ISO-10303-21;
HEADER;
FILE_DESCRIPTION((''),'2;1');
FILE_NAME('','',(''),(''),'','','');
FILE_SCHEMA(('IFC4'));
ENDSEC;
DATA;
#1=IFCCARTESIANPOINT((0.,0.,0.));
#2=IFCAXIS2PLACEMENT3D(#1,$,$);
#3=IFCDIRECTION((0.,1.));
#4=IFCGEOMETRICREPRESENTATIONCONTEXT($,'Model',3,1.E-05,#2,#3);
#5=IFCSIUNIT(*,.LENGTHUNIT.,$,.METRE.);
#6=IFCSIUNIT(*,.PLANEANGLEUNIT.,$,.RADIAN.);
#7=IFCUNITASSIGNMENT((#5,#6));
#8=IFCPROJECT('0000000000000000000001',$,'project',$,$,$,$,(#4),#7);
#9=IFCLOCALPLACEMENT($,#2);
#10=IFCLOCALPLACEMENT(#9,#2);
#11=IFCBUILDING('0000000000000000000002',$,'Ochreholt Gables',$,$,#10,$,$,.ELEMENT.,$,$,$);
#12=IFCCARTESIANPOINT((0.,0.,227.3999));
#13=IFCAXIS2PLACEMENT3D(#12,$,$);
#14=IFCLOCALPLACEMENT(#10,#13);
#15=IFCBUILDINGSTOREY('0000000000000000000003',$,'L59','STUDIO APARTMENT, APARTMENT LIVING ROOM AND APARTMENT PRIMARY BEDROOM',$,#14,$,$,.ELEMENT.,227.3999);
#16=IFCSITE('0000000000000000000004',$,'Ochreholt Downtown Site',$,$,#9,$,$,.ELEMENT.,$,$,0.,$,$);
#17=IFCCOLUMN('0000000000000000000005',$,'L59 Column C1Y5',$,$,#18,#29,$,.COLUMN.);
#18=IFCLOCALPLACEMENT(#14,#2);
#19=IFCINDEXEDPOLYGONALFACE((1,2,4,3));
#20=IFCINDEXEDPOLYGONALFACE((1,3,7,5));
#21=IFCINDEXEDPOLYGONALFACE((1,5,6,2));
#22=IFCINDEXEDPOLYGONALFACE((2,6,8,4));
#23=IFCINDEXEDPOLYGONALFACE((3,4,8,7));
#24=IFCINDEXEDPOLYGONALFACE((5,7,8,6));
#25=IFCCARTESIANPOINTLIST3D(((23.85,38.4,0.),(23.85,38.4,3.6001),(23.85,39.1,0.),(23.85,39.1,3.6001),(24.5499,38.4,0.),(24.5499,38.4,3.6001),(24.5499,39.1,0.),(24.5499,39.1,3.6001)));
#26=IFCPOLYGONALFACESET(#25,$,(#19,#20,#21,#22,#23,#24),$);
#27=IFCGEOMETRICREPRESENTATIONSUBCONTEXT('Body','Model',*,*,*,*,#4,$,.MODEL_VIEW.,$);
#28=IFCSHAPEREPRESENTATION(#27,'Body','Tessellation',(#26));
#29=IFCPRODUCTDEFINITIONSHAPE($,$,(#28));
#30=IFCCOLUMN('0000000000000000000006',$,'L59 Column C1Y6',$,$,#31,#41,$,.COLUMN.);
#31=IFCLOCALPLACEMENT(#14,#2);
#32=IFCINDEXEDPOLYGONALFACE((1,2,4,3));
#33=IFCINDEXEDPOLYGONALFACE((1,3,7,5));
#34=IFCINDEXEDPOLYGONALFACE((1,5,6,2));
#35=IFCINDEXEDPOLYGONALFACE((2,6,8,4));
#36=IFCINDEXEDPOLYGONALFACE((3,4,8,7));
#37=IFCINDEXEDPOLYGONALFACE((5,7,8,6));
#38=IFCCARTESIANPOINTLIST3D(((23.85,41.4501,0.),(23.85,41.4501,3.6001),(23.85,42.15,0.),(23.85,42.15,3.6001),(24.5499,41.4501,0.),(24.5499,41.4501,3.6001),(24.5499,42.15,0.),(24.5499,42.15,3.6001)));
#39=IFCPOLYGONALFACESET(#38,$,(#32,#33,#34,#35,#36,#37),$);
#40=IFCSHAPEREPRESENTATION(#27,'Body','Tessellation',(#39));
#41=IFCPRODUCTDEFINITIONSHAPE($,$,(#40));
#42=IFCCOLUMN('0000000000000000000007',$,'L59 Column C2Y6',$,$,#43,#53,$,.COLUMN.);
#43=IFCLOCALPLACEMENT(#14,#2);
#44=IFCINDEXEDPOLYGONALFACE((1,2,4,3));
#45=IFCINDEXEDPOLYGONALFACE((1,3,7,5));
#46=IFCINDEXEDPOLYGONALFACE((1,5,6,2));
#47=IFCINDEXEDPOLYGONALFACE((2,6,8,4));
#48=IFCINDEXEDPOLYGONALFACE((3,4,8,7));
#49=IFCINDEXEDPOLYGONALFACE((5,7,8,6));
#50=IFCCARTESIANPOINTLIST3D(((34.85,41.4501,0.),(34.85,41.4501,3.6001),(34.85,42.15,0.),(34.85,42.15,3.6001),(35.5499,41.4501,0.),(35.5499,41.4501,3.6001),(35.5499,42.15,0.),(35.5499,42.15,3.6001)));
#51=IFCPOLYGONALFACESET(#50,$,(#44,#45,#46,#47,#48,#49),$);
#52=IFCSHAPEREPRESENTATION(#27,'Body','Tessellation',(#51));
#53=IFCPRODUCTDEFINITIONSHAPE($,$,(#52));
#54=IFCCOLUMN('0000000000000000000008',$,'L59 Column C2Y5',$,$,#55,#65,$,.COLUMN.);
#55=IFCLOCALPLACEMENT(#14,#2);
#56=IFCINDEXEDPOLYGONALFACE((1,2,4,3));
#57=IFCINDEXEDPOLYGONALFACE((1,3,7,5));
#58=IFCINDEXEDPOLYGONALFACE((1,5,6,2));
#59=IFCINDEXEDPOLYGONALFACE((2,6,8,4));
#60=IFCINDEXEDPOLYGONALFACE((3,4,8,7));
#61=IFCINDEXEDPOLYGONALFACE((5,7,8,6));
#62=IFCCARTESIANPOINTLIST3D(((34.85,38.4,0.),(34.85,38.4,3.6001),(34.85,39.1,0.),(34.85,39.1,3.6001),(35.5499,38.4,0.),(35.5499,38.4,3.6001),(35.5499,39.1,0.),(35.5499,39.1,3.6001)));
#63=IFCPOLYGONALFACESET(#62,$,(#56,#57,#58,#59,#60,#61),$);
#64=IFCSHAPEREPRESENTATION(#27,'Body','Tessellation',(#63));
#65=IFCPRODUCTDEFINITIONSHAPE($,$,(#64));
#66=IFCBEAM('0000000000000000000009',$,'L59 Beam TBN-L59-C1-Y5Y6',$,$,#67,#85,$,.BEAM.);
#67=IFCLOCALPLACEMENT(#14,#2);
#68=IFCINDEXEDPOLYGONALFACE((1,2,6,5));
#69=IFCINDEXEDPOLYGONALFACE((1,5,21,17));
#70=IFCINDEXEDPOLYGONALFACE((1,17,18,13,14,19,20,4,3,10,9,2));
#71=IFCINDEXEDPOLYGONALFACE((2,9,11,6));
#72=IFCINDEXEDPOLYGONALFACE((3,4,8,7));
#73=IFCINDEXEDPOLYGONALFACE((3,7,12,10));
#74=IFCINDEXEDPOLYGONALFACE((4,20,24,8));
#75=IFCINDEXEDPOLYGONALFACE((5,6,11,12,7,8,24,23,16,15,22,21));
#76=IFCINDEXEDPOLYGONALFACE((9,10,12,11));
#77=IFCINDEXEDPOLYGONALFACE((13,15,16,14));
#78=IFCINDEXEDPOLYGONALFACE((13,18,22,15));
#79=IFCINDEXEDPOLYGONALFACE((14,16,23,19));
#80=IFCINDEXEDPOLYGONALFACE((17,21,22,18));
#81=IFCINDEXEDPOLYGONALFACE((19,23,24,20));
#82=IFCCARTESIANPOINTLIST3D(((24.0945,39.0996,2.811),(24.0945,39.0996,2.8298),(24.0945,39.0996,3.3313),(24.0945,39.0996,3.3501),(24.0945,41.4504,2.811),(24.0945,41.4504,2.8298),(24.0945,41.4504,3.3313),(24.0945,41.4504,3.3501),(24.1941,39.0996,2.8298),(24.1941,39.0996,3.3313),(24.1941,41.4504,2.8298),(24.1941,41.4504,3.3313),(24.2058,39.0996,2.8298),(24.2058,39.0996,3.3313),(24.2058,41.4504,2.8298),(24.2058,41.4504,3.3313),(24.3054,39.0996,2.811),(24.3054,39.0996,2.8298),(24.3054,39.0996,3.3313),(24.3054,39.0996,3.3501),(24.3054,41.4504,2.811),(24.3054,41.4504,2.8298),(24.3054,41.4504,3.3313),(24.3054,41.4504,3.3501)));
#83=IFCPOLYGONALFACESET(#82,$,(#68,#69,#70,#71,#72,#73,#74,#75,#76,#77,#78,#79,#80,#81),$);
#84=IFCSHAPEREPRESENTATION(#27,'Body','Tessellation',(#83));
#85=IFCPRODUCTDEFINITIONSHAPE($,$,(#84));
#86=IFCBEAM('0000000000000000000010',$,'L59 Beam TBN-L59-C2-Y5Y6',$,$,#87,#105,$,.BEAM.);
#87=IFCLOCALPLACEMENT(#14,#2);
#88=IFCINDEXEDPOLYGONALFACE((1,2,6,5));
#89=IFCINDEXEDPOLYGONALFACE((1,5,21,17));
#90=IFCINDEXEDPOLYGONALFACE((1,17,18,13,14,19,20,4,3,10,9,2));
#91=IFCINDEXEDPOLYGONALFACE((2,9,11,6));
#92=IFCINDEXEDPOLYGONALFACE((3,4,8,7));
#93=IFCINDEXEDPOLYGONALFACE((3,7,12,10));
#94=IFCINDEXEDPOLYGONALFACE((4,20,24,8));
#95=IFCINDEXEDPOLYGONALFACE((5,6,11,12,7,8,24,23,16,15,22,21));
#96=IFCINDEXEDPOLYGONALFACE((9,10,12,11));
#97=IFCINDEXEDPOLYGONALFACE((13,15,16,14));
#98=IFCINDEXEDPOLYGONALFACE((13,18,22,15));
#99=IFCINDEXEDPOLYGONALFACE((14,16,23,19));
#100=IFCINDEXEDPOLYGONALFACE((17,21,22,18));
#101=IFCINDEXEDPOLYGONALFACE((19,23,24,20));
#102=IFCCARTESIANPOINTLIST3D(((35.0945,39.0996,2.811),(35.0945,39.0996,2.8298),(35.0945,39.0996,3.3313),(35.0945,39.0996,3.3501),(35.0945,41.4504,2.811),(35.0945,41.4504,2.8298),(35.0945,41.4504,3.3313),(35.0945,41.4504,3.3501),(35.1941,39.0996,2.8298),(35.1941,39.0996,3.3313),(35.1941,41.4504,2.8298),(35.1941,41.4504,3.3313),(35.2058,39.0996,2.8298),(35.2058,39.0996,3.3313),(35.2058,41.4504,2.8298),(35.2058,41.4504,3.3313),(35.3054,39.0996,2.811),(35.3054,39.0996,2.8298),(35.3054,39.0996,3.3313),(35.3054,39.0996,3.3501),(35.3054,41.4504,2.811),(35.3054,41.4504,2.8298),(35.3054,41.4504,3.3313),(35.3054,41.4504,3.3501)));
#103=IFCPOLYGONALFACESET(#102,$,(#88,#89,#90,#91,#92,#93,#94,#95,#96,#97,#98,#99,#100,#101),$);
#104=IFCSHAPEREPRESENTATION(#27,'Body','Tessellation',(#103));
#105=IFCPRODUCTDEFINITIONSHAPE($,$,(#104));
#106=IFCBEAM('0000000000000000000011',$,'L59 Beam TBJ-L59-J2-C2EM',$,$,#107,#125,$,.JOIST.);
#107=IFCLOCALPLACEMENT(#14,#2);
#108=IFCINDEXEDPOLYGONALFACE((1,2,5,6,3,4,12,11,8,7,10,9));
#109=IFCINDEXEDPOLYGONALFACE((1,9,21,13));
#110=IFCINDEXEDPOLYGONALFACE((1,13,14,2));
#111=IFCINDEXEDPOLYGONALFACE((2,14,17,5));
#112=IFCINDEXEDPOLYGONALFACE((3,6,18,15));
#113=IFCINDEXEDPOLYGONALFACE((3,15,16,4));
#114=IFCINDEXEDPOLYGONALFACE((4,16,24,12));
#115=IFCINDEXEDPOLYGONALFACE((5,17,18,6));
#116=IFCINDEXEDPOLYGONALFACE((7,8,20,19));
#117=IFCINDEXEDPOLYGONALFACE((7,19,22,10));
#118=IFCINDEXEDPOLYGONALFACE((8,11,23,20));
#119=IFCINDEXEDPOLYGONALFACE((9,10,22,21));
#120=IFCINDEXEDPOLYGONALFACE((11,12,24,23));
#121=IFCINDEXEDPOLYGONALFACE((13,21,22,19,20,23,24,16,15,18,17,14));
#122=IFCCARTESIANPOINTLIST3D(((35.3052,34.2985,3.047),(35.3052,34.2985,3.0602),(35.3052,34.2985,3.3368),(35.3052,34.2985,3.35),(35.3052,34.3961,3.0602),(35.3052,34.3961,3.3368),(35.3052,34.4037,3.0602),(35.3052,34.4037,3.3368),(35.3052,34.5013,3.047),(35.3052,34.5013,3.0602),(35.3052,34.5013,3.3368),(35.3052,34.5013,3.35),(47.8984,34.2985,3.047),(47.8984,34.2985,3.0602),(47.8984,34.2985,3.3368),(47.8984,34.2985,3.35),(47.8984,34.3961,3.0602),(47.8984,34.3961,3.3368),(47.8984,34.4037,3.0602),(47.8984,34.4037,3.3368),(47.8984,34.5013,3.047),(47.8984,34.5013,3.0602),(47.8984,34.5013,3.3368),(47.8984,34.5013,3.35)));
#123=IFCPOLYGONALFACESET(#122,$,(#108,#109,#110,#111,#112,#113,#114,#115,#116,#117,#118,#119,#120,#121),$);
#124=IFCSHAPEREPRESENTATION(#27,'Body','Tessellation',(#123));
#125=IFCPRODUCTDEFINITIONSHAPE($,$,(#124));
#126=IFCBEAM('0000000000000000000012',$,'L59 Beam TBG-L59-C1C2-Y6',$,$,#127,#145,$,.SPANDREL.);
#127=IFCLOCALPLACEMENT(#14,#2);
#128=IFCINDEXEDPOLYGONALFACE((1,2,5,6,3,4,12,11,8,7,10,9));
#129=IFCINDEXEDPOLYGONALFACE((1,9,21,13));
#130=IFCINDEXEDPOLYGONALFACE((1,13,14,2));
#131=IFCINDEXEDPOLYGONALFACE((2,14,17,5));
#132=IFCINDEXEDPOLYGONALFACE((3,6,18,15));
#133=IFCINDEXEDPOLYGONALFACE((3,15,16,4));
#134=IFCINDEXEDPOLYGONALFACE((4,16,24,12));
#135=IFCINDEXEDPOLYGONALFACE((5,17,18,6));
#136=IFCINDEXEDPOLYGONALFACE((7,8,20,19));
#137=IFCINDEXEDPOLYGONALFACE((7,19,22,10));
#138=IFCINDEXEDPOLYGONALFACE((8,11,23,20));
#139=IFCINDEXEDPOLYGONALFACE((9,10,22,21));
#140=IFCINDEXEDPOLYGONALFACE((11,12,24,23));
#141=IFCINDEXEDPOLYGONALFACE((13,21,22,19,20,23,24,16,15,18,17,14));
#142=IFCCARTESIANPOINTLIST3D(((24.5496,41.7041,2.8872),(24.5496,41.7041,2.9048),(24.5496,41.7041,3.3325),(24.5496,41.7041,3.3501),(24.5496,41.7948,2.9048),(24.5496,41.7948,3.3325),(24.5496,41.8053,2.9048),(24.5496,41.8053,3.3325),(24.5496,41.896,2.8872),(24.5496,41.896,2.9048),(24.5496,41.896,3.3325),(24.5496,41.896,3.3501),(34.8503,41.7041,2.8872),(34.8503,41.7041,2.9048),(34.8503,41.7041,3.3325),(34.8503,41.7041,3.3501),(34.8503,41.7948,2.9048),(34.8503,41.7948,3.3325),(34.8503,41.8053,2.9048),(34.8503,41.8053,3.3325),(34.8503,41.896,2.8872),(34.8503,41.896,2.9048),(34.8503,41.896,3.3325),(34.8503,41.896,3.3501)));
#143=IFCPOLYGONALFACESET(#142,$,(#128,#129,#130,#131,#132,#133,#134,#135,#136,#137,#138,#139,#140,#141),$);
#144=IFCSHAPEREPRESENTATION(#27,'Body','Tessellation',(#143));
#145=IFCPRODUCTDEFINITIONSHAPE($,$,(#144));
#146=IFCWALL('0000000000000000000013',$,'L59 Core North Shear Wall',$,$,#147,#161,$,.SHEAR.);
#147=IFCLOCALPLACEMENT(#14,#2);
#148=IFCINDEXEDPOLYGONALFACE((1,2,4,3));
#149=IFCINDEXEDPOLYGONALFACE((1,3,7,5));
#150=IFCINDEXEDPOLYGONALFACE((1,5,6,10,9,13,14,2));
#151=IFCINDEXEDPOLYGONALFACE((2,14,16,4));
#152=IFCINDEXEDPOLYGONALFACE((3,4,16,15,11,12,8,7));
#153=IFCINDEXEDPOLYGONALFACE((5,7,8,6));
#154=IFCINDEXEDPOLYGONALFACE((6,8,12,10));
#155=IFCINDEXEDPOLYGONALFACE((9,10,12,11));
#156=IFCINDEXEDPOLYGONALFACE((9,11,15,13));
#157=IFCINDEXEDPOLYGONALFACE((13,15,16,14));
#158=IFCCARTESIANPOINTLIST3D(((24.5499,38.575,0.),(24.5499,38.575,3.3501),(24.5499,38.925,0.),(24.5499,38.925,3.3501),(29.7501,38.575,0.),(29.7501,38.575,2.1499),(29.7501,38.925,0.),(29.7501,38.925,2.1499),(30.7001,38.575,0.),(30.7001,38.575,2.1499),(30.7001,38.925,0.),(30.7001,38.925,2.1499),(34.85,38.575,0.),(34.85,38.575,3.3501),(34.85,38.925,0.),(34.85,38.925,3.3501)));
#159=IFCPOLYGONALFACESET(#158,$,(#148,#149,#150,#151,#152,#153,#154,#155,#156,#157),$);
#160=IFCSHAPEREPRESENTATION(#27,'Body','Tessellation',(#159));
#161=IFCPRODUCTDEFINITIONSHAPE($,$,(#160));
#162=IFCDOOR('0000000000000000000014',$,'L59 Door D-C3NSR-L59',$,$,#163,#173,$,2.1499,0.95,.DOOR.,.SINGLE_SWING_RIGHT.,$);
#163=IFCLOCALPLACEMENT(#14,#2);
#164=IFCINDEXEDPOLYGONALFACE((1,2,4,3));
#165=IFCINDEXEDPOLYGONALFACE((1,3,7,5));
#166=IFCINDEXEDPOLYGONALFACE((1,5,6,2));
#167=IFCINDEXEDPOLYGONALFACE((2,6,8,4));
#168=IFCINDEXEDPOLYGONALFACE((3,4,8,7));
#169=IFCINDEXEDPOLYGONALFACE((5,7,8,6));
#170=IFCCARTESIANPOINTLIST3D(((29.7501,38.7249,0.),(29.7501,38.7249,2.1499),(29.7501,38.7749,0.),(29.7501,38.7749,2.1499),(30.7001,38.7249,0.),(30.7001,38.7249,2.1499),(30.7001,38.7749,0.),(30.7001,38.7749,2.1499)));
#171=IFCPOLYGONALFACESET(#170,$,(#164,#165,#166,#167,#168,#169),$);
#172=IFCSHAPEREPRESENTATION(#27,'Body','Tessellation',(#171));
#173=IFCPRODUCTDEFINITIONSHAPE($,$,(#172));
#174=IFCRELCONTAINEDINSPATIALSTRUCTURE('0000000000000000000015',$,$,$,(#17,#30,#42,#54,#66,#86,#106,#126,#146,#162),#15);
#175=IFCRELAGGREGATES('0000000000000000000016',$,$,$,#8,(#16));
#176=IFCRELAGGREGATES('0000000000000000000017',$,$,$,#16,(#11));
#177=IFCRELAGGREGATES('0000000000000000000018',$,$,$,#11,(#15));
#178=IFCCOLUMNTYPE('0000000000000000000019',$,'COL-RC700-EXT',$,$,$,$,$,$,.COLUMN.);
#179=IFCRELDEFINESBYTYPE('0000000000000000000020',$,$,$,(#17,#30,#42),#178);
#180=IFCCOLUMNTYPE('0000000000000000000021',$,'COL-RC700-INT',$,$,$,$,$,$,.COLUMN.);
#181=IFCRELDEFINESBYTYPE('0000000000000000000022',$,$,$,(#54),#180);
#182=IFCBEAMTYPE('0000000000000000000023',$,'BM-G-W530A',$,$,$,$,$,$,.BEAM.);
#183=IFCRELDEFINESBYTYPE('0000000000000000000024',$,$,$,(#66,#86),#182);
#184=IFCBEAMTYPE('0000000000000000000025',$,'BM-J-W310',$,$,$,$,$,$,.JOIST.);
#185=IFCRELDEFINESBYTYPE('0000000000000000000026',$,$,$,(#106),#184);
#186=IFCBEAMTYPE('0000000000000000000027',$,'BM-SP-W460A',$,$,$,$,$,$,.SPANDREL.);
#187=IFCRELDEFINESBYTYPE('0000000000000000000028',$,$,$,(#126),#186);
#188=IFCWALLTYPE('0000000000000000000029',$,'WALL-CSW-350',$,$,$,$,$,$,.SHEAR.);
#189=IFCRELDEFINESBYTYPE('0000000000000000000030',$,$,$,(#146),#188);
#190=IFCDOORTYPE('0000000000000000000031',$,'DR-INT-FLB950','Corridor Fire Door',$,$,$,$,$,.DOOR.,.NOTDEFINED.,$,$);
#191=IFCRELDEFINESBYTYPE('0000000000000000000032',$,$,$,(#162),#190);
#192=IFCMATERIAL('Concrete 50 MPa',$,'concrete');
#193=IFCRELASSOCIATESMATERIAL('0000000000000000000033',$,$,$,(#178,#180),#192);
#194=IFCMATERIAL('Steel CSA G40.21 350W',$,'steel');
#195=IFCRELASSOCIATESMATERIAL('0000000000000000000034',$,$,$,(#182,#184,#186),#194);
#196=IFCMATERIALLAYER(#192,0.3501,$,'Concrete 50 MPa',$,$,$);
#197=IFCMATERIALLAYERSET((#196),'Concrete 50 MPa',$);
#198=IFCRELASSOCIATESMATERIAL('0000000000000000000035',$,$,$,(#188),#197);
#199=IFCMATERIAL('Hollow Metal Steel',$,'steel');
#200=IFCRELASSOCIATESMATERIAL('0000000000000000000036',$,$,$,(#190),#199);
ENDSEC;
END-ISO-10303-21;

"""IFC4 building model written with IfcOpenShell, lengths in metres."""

from ifc_helpers import new_model, si_unit, direction, frame, frame_2d, origin, origin_2d, place, context, subcontext, project, spatial, rectangle, i_section, extrude, material, layer, layer_set, material_profile, profile_set, type_object, element, fill, save


model = new_model("IFC4")

# Units and contexts
model_context = context("Model", 3, precision=1e-05, world=origin(), true_north=direction((0.0, 1.0)))
body_context = subcontext(model_context, "Body", "Model", "MODEL_VIEW")
ifc_project = project(units=[si_unit("LENGTHUNIT", "METRE"), si_unit("PLANEANGLEUNIT", "RADIAN")], contexts=[model_context])

# Site, building, storey
site_placement = place(None, origin())
site = spatial("IfcSite", under=ifc_project, at=site_placement, Name="Ochreholt Downtown Site", CompositionType="ELEMENT", RefElevation=0.0)
building_placement = place(site_placement, origin())
building = spatial("IfcBuilding", under=site, at=building_placement, Name="Ochreholt Gables", CompositionType="ELEMENT")
storey_placement = place(building_placement, frame((0.0, 0.0, 227.3999)))
storey = spatial("IfcBuildingStorey", under=building, at=storey_placement, Name="L59", Description="STUDIO APARTMENT, APARTMENT LIVING ROOM AND APARTMENT PRIMARY BEDROOM", CompositionType="ELEMENT", Elevation=227.3999)

# Columns
ifc_material_1 = material(Name="Concrete 50 MPa", Category="concrete")
ifc_material_profile_1 = material_profile(ifc_material_1, rectangle(XDim=0.7, YDim=0.7, at=origin_2d()), Name="RC700X700")
ifc_profile_set_1 = profile_set([ifc_material_profile_1], Name="Concrete 50 MPa")
column_type_1 = type_object("IfcColumnType", Name="COL-RC700-EXT", PredefinedType="COLUMN", material=ifc_profile_set_1)
for number, where, z_axis, x_axis, name in (
    (1, (24.2, 38.75, 0.0), (0.0, 0.0, 1.0), (1.0, 0.0, 0.0), "L59 Column C1Y5"),
    (2, (24.2, 41.8, 0.0), (0.0, 0.0, 1.0), (1.0, 0.0, 0.0), "L59 Column C1Y6"),
    (3, (35.2, 41.8, 0.0), (0.0, 0.0, 1.0), (1.0, 0.0, 0.0), "L59 Column C2Y6"),
):
    element("IfcColumn", number, at=place(storey_placement, frame(where, z_axis=z_axis, x_axis=x_axis)), inside=storey, type_object=column_type_1, Name=name, PredefinedType="COLUMN", context=body_context, shape_type="SweptSolid", body=[
        extrude(rectangle(XDim=0.7, YDim=0.7, at=origin_2d()), origin(), (0.0, 0.0, 1.0), 3.6001),
    ])
ifc_material_profile_2 = material_profile(ifc_material_1, rectangle(XDim=0.7, YDim=0.7, at=origin_2d()), Name="RC700X700")
ifc_profile_set_2 = profile_set([ifc_material_profile_2], Name="Concrete 50 MPa")
column_type_2 = type_object("IfcColumnType", Name="COL-RC700-INT", PredefinedType="COLUMN", material=ifc_profile_set_2)
column_placement = place(storey_placement, frame((35.2, 38.75, 0.0), z_axis=(0.0, 0.0, 1.0), x_axis=(1.0, 0.0, 0.0)))
element("IfcColumn", 4, at=column_placement, inside=storey, type_object=column_type_2, Name="L59 Column C2Y5", PredefinedType="COLUMN", context=body_context, shape_type="SweptSolid", body=[
    extrude(rectangle(XDim=0.7, YDim=0.7, at=origin_2d()), origin(), (0.0, 0.0, 1.0), 3.6001),
])

# Beams
ifc_material_2 = material(Name="Steel CSA G40.21 350W", Category="steel")
ifc_material_profile_3 = material_profile(ifc_material_2, i_section(OverallWidth=0.2109, OverallDepth=0.5391, WebThickness=0.0117, FlangeThickness=0.0188, at=origin_2d()), Name="W530X109")
ifc_profile_set_3 = profile_set([ifc_material_profile_3], Name="Steel CSA G40.21 350W")
beam_type_1 = type_object("IfcBeamType", Name="BM-G-W530A", PredefinedType="BEAM", material=ifc_profile_set_3)
for number, where, z_axis, x_axis, name in (
    (5, (24.2, 39.0996, 3.0806), (0.0, 1.0, 0.0), (-1.0, 0.0, 0.0), "L59 Beam TBN-L59-C1-Y5Y6"),
    (6, (35.2, 39.0996, 3.0806), (0.0, 1.0, 0.0), (-1.0, 0.0, 0.0), "L59 Beam TBN-L59-C2-Y5Y6"),
):
    element("IfcBeam", number, at=place(storey_placement, frame(where, z_axis=z_axis, x_axis=x_axis)), inside=storey, type_object=beam_type_1, Name=name, PredefinedType="BEAM", context=body_context, shape_type="SweptSolid", body=[
        extrude(i_section(OverallWidth=0.2109, OverallDepth=0.5391, WebThickness=0.0117, FlangeThickness=0.0188, at=origin_2d()), origin(), (0.0, 0.0, 1.0), 2.3508),
    ])
ifc_material_profile_4 = material_profile(ifc_material_2, i_section(OverallWidth=0.2029, OverallDepth=0.303, WebThickness=0.0076, FlangeThickness=0.0132, at=origin_2d()), Name="W310X60")
ifc_profile_set_4 = profile_set([ifc_material_profile_4], Name="Steel CSA G40.21 350W")
beam_type_2 = type_object("IfcBeamType", Name="BM-J-W310", PredefinedType="JOIST", material=ifc_profile_set_4)
beam_1_placement = place(storey_placement, frame((35.3052, 34.3999, 3.1985), z_axis=(1.0, 0.0, 0.0), x_axis=(0.0, 1.0, 0.0)))
element("IfcBeam", 7, at=beam_1_placement, inside=storey, type_object=beam_type_2, Name="L59 Beam TBJ-L59-J2-C2EM", PredefinedType="JOIST", context=body_context, shape_type="SweptSolid", body=[
    extrude(i_section(OverallWidth=0.2029, OverallDepth=0.303, WebThickness=0.0076, FlangeThickness=0.0132, at=origin_2d()), origin(), (0.0, 0.0, 1.0), 12.5933),
])
ifc_material_profile_5 = material_profile(ifc_material_2, i_section(OverallWidth=0.1919, OverallDepth=0.4629, WebThickness=0.0105, FlangeThickness=0.0176, at=origin_2d()), Name="W460X89")
ifc_profile_set_5 = profile_set([ifc_material_profile_5], Name="Steel CSA G40.21 350W")
beam_type_3 = type_object("IfcBeamType", Name="BM-SP-W460A", PredefinedType="SPANDREL", material=ifc_profile_set_5)
beam_2_placement = place(storey_placement, frame((24.5496, 41.8, 3.1187), z_axis=(1.0, 0.0, 0.0), x_axis=(0.0, 1.0, 0.0)))
element("IfcBeam", 8, at=beam_2_placement, inside=storey, type_object=beam_type_3, Name="L59 Beam TBG-L59-C1C2-Y6", PredefinedType="SPANDREL", context=body_context, shape_type="SweptSolid", body=[
    extrude(i_section(OverallWidth=0.1919, OverallDepth=0.4629, WebThickness=0.0105, FlangeThickness=0.0176, at=origin_2d()), origin(), (0.0, 0.0, 1.0), 10.3008),
])

# Wall, opening, door
ifc_layer_1 = layer(ifc_material_1, 0.3501, Name="Concrete 50 MPa")
ifc_layer_set_1 = layer_set([ifc_layer_1], Name="Concrete 50 MPa")
wall_type_1 = type_object("IfcWallType", Name="WALL-CSW-350", PredefinedType="SHEAR", material=ifc_layer_set_1)
wall_1_placement = place(storey_placement, frame((24.55, 38.75, 0.0), z_axis=(0.0, 0.0, 1.0), x_axis=(1.0, 0.0, 0.0)))
wall_1 = element("IfcWall", 9, at=wall_1_placement, inside=storey, type_object=wall_type_1, Name="L59 Core North Shear Wall", PredefinedType="SHEAR", context=body_context, shape_type="SweptSolid", body=[
    extrude(rectangle(XDim=10.3, YDim=0.3501, at=frame_2d((5.1499, 0.0))), origin(), (0.0, 0.0, 1.0), 3.3501),
])
opening_1_placement = place(wall_1_placement, frame((5.2, 0.0, 0.0)))
opening_1 = element("IfcOpeningElement", 10, at=opening_1_placement, cuts=wall_1, PredefinedType="OPENING", context=body_context, shape_type="SweptSolid", body=[
    extrude(rectangle(XDim=0.95, YDim=2.1499, at=frame_2d((0.4751, 1.075))), frame((0.0, 0.1851, 0.0), z_axis=(0.0, -1.0, 0.0), x_axis=(1.0, 0.0, 0.0)), (0.0, 0.0, 1.0), 0.3701),
])
ifc_material_3 = material(Name="Hollow Metal Steel", Category="steel")
door_type_1 = type_object("IfcDoorType", Name="DR-INT-FLB950", Description="Corridor Fire Door", OperationType="NOTDEFINED", PredefinedType="DOOR", material=ifc_material_3)
door_1_placement = place(opening_1_placement, origin())
door_1 = element("IfcDoor", 11, at=door_1_placement, inside=storey, type_object=door_type_1, Name="L59 Door D-C3NSR-L59", OperationType="SINGLE_SWING_RIGHT", OverallHeight=2.1499, OverallWidth=0.95, PredefinedType="DOOR", context=body_context, shape_type="SweptSolid", body=[
    extrude(rectangle(XDim=0.95, YDim=2.1499, at=frame_2d((0.4751, 1.075))), frame((0.0, 0.0249, 0.0), z_axis=(0.0, -1.0, 0.0), x_axis=(1.0, 0.0, 0.0)), (0.0, 0.0, 1.0), 0.05),
])
fill(opening_1, door_1)

save(model, "model.ifc")
